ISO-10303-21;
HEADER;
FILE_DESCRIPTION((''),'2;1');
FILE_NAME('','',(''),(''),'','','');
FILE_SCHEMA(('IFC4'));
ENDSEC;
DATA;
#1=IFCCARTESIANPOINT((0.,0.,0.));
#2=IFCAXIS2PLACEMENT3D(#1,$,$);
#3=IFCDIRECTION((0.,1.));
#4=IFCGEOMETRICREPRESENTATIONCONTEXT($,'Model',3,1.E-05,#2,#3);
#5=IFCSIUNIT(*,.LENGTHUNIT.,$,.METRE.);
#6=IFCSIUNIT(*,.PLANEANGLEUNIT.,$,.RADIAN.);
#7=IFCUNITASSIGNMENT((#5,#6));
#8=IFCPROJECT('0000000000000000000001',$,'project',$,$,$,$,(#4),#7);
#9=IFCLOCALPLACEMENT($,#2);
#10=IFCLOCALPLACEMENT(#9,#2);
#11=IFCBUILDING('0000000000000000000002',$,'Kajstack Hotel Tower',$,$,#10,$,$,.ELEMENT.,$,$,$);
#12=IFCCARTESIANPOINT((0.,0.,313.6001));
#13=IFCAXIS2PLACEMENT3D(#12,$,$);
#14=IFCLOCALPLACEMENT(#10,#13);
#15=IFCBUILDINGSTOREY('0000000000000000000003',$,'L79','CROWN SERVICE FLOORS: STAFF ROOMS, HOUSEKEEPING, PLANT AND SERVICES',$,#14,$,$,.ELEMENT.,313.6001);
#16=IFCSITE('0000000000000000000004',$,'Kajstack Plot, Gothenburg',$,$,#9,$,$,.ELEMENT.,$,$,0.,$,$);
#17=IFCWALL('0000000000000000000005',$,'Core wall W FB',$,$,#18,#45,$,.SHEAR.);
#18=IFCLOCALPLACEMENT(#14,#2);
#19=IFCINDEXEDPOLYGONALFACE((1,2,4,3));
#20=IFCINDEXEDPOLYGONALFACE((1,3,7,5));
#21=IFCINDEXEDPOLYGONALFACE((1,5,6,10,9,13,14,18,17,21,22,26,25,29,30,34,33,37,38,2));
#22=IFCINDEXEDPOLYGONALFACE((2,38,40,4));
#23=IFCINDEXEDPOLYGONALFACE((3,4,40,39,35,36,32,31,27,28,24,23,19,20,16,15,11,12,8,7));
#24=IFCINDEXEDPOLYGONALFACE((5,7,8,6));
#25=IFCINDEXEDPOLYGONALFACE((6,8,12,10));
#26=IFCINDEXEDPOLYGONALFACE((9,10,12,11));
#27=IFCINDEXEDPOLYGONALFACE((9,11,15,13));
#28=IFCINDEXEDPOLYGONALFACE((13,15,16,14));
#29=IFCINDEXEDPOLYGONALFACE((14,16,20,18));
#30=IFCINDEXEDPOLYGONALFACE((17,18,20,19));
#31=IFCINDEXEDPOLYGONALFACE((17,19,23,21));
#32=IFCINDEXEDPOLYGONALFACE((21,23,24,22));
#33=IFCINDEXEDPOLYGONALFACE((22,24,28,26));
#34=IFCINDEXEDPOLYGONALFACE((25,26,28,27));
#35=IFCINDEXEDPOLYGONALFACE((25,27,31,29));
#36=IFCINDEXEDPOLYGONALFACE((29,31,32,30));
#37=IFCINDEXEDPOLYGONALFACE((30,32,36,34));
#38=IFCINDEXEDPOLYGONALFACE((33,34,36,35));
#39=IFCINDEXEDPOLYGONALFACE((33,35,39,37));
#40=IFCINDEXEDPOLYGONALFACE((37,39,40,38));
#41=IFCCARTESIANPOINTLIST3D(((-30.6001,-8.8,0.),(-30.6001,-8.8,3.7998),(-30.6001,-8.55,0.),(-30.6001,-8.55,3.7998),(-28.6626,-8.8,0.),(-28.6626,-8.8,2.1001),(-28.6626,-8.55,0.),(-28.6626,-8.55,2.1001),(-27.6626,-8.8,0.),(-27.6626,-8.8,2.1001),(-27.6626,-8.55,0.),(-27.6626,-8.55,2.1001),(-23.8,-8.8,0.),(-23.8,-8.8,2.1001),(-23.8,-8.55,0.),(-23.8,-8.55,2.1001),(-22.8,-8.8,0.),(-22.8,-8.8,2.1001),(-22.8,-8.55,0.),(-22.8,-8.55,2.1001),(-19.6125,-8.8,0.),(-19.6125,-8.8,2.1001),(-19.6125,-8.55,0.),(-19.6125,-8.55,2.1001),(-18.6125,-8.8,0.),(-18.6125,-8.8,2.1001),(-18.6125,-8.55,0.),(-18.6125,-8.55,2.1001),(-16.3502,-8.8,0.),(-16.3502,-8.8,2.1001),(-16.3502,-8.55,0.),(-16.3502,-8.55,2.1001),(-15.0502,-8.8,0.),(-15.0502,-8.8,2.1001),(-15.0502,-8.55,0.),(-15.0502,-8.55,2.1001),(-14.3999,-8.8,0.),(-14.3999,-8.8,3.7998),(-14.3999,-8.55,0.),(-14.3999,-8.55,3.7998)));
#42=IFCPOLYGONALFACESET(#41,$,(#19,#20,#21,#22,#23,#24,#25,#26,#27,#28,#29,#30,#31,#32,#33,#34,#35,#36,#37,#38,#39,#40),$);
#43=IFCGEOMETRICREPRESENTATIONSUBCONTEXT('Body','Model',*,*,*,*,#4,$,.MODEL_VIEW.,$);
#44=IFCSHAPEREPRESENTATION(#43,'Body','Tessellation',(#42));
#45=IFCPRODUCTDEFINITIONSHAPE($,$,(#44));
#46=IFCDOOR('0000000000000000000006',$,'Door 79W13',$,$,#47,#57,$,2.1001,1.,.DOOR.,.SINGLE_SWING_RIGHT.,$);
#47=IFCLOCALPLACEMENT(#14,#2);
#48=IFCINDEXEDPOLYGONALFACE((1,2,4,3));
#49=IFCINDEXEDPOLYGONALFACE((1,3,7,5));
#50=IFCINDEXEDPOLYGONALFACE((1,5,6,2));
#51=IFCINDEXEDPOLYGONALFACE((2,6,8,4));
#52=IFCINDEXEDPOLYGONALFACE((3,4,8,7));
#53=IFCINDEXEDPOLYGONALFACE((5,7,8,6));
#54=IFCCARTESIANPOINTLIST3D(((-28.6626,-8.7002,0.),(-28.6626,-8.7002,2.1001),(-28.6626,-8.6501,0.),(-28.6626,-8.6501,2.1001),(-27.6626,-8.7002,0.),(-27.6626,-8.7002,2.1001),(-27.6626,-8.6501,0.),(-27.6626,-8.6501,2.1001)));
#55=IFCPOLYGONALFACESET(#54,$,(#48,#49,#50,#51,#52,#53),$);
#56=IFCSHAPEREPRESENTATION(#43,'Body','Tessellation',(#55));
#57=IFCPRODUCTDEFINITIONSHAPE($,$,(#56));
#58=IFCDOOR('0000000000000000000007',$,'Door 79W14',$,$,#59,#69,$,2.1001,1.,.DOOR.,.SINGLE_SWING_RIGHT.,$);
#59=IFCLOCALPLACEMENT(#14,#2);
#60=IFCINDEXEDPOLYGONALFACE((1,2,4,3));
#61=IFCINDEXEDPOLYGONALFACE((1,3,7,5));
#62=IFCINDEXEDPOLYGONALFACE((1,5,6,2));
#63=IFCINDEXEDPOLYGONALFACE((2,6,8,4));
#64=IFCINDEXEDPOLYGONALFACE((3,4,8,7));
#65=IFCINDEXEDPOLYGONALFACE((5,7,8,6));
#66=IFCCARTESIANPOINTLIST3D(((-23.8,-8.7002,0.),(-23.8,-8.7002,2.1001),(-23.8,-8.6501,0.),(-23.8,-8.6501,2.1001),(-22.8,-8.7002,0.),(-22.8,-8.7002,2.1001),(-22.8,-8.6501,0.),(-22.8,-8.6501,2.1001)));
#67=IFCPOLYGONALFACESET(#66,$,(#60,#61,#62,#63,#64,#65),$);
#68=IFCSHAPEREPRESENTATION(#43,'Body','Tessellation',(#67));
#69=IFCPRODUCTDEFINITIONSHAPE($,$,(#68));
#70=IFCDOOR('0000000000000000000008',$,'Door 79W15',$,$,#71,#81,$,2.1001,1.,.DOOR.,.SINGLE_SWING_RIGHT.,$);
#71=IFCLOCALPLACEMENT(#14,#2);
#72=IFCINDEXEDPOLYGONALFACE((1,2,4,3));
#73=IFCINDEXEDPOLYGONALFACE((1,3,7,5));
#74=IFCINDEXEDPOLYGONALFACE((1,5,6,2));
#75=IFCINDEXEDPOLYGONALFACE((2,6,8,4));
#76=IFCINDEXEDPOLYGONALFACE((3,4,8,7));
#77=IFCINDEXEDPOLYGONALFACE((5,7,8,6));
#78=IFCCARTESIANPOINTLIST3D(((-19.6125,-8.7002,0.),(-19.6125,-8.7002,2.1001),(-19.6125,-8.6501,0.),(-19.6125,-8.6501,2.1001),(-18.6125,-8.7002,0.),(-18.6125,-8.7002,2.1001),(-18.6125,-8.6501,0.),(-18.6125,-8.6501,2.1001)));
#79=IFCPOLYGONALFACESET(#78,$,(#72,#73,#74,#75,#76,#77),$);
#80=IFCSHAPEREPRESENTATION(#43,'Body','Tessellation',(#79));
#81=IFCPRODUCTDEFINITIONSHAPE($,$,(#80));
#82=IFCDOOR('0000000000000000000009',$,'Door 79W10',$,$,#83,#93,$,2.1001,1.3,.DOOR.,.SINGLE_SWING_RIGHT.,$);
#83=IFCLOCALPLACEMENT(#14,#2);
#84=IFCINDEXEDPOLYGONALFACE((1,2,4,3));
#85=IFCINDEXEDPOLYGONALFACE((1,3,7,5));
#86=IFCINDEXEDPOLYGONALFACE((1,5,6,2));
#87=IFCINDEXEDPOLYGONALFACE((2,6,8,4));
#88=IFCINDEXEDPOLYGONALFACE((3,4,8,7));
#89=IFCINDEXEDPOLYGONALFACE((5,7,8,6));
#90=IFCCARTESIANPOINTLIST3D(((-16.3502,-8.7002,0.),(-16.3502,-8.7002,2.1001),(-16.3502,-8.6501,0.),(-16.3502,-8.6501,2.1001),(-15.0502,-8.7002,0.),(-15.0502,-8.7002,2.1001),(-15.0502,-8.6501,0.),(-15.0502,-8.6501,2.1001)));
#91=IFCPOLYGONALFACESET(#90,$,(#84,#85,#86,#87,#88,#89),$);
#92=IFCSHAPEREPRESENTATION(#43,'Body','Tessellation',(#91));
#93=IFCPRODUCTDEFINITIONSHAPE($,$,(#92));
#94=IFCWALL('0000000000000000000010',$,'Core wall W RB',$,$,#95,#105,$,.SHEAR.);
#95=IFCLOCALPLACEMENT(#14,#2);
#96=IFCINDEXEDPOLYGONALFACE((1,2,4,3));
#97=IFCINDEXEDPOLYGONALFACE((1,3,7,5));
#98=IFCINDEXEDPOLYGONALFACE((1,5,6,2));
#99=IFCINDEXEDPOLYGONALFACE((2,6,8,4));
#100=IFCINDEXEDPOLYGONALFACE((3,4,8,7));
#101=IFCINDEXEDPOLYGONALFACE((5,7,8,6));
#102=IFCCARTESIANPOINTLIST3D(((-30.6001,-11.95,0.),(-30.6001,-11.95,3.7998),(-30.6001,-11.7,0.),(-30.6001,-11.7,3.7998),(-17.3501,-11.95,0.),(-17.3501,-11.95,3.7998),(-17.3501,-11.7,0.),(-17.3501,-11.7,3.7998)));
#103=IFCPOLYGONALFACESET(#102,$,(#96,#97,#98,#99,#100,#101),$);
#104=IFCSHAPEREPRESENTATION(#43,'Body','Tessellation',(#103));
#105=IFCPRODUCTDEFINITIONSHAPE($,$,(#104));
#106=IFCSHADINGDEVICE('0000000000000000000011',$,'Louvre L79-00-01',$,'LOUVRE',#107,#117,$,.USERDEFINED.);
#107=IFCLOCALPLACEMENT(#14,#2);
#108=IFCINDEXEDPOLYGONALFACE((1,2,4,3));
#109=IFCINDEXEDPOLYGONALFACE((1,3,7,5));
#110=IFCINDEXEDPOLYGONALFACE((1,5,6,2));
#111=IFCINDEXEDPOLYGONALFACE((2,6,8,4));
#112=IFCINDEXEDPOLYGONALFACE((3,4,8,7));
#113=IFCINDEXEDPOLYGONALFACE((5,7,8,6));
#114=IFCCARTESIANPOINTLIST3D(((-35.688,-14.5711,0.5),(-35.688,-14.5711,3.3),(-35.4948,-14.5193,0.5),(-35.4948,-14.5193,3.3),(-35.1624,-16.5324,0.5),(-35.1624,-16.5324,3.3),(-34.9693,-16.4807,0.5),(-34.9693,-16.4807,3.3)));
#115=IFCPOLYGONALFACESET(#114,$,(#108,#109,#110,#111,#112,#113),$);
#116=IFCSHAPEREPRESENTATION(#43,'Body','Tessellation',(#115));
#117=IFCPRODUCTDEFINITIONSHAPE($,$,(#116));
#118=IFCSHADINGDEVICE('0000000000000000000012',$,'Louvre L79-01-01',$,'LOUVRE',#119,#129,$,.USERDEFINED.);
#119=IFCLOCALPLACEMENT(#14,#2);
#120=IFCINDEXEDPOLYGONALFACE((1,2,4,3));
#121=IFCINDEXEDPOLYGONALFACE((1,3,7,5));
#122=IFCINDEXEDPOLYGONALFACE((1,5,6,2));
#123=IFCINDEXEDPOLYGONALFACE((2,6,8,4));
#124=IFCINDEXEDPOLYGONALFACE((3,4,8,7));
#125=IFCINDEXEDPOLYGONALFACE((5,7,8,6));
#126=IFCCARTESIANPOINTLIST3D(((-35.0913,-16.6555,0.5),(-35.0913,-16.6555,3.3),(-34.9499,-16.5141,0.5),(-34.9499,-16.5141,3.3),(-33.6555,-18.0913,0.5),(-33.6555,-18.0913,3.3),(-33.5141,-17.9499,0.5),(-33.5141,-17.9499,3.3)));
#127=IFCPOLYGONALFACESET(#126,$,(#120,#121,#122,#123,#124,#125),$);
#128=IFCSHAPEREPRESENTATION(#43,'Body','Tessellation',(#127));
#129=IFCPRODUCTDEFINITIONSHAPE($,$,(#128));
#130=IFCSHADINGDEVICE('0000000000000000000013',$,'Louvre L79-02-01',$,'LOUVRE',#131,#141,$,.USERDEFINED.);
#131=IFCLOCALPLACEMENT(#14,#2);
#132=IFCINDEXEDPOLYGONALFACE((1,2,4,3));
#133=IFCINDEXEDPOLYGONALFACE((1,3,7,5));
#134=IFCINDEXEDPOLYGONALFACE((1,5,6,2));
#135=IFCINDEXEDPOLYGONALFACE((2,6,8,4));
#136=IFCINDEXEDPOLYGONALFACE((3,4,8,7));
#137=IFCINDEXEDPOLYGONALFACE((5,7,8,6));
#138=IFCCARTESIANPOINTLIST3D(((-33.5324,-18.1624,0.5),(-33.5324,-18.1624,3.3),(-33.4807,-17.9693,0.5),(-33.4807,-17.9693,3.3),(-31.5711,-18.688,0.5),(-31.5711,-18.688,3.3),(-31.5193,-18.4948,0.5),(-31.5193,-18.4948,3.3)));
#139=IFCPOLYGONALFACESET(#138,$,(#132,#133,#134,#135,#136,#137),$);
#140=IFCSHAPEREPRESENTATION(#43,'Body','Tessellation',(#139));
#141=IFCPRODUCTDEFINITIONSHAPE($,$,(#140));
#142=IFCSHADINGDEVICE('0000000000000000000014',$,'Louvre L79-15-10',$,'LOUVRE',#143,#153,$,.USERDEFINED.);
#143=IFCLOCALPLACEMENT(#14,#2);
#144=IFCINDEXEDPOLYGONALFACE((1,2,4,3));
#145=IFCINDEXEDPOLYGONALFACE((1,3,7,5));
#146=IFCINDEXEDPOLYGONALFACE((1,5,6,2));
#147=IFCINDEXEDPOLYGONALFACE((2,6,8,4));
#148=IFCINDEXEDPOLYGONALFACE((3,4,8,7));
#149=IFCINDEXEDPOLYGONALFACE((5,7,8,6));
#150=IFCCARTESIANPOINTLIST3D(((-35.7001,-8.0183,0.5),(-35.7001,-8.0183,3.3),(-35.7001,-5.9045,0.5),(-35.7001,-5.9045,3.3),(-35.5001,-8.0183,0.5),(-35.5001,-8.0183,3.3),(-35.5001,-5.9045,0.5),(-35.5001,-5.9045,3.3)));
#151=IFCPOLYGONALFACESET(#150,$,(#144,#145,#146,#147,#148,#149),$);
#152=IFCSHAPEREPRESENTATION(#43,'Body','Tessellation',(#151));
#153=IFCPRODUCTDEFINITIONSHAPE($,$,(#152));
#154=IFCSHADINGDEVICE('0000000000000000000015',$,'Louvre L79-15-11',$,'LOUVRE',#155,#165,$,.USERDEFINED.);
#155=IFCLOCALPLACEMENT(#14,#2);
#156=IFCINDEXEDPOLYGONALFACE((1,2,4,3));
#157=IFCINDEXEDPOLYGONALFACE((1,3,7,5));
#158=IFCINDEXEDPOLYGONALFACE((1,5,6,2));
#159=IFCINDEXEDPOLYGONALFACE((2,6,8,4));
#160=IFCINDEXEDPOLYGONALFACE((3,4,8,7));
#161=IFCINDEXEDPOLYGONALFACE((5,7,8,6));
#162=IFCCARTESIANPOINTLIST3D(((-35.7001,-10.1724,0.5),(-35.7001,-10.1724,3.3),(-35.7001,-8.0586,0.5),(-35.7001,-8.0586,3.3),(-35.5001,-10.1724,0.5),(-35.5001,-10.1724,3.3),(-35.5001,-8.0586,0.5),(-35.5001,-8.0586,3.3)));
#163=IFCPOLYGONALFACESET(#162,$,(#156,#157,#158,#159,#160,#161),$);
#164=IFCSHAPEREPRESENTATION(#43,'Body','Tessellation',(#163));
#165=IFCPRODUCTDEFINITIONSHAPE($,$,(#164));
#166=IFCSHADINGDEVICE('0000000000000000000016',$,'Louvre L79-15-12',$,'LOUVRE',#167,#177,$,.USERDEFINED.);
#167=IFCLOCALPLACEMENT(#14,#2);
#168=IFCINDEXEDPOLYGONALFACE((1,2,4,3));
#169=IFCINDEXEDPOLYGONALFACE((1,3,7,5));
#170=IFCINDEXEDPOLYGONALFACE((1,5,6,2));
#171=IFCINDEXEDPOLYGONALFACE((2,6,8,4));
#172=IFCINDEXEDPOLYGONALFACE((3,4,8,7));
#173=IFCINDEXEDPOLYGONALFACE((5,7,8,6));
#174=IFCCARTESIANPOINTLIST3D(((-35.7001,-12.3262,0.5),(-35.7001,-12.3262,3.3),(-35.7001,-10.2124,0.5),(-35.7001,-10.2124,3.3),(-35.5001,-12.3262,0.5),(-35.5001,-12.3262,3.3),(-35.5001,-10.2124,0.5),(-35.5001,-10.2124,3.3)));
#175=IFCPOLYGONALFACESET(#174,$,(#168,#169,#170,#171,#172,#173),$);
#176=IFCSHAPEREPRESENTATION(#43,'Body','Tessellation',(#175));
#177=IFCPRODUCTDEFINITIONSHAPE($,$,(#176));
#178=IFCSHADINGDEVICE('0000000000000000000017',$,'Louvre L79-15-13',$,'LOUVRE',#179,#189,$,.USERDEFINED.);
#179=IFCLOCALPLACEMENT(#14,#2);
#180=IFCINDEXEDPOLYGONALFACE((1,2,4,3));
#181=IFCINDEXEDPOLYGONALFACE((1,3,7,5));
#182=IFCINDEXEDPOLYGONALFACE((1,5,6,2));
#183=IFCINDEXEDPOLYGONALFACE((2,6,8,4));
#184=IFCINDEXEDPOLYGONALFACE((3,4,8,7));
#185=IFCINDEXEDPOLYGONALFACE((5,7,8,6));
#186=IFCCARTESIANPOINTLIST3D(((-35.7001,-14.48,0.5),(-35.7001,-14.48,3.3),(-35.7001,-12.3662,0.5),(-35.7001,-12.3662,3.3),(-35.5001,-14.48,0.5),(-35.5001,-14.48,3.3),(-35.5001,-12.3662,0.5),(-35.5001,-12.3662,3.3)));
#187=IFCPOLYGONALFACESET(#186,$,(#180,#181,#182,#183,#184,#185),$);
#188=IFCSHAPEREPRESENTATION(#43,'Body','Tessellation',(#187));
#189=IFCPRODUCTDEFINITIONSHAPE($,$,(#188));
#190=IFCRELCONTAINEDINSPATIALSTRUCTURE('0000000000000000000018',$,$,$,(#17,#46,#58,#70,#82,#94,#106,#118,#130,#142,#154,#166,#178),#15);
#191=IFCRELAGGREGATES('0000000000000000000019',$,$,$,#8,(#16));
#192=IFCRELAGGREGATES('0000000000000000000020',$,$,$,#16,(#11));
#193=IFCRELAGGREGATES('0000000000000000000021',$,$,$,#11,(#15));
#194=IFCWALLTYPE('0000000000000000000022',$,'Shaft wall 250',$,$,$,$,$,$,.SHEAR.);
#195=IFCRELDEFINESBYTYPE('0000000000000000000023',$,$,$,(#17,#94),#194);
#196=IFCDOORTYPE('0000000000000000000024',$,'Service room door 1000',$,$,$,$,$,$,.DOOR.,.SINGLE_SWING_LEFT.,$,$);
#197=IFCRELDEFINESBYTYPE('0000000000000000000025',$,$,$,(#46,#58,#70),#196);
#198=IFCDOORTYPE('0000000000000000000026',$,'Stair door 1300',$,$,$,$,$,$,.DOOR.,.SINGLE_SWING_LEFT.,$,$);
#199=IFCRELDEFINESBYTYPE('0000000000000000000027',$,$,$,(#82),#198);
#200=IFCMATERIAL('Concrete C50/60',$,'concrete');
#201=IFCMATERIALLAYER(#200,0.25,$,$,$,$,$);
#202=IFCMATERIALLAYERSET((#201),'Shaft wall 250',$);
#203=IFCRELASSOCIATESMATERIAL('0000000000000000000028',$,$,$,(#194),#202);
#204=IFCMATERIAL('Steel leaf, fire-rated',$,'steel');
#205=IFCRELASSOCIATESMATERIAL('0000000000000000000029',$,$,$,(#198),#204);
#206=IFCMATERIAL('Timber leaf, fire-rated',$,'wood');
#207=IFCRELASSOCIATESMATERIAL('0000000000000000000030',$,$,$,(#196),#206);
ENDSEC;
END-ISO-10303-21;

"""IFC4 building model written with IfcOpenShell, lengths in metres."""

from ifc_helpers import new_model, si_unit, direction, frame, frame_2d, origin, origin_2d, place, context, subcontext, project, spatial, rectangle, extrude, material, layer, layer_set, type_object, element, fill, save


model = new_model("IFC4")

# Units and contexts
model_context = context("Model", 3, precision=1e-05, world=origin(), true_north=direction((0.0, 1.0)))
body_context = subcontext(model_context, "Body", "Model", "MODEL_VIEW")
ifc_project = project(units=[si_unit("LENGTHUNIT", "METRE"), si_unit("PLANEANGLEUNIT", "RADIAN")], contexts=[model_context])

# Site, building, storey
site_placement = place(None, origin())
site = spatial("IfcSite", under=ifc_project, at=site_placement, Name="Kajstack Plot, Gothenburg", CompositionType="ELEMENT", RefElevation=0.0)
building_placement = place(site_placement, origin())
building = spatial("IfcBuilding", under=site, at=building_placement, Name="Kajstack Hotel Tower", CompositionType="ELEMENT")
storey_placement = place(building_placement, frame((0.0, 0.0, 313.6001)))
storey = spatial("IfcBuildingStorey", under=building, at=storey_placement, Name="L79", Description="CROWN SERVICE FLOORS: STAFF ROOMS, HOUSEKEEPING, PLANT AND SERVICES", CompositionType="ELEMENT", Elevation=313.6001)

# Wall, openings, doors
ifc_material_1 = material(Name="Concrete C50/60", Category="concrete")
ifc_layer_1 = layer(ifc_material_1, 0.25)
ifc_layer_set_1 = layer_set([ifc_layer_1], Name="Shaft wall 250")
wall_type_1 = type_object("IfcWallType", Name="Shaft wall 250", PredefinedType="SHEAR", material=ifc_layer_set_1)
ifc_material_2 = material(Name="Timber leaf, fire-rated", Category="wood")
ifc_material_3 = material(Name="Steel leaf, fire-rated", Category="steel")
door_type_1 = type_object("IfcDoorType", Name="Stair door 1300", OperationType="SINGLE_SWING_LEFT", PredefinedType="DOOR", material=ifc_material_3)
wall_1_placement = place(storey_placement, frame((-30.6001, -8.675, 0.0), z_axis=(0.0, 0.0, 1.0), x_axis=(1.0, 0.0, 0.0)))
wall_1 = element("IfcWall", 1, at=wall_1_placement, inside=storey, type_object=wall_type_1, Name="Core wall W FB", PredefinedType="SHEAR", context=body_context, shape_type="SweptSolid", body=[
    extrude(rectangle(XDim=16.2002, YDim=0.25, at=frame_2d((8.1001, 0.0))), origin(), (0.0, 0.0, 1.0), 3.7998),
])
opening_1_placement = place(wall_1_placement, frame((14.25, 0.0, 0.0)))
opening_1 = element("IfcOpeningElement", 2, at=opening_1_placement, cuts=wall_1, PredefinedType="OPENING", context=body_context, shape_type="SweptSolid", body=[
    extrude(rectangle(XDim=1.3, YDim=2.1001, at=frame_2d((0.6499, 1.05))), frame((0.0, 0.135, 0.0), z_axis=(0.0, -1.0, 0.0), x_axis=(1.0, 0.0, 0.0)), (0.0, 0.0, 1.0), 0.27),
])
opening_2_placement = place(wall_1_placement, frame((1.9375, 0.0, 0.0)))
opening_2 = element("IfcOpeningElement", 3, at=opening_2_placement, cuts=wall_1, PredefinedType="OPENING", context=body_context, shape_type="SweptSolid", body=[
    extrude(rectangle(XDim=1.0, YDim=2.1001, at=frame_2d((0.5, 1.05))), frame((0.0, 0.135, 0.0), z_axis=(0.0, -1.0, 0.0), x_axis=(1.0, 0.0, 0.0)), (0.0, 0.0, 1.0), 0.27),
])
opening_3_placement = place(wall_1_placement, frame((6.8, 0.0, 0.0)))
opening_3 = element("IfcOpeningElement", 4, at=opening_3_placement, cuts=wall_1, PredefinedType="OPENING", context=body_context, shape_type="SweptSolid", body=[
    extrude(rectangle(XDim=1.0, YDim=2.1001, at=frame_2d((0.5, 1.05))), frame((0.0, 0.135, 0.0), z_axis=(0.0, -1.0, 0.0), x_axis=(1.0, 0.0, 0.0)), (0.0, 0.0, 1.0), 0.27),
])
opening_4_placement = place(wall_1_placement, frame((10.9875, 0.0, 0.0)))
opening_4 = element("IfcOpeningElement", 5, at=opening_4_placement, cuts=wall_1, PredefinedType="OPENING", context=body_context, shape_type="SweptSolid", body=[
    extrude(rectangle(XDim=1.0, YDim=2.1001, at=frame_2d((0.5, 1.05))), frame((0.0, 0.135, 0.0), z_axis=(0.0, -1.0, 0.0), x_axis=(1.0, 0.0, 0.0)), (0.0, 0.0, 1.0), 0.27),
])
door_type_2 = type_object("IfcDoorType", Name="Service room door 1000", OperationType="SINGLE_SWING_LEFT", PredefinedType="DOOR", material=ifc_material_2)
door_1_placement = place(opening_2_placement, origin())
door_1 = element("IfcDoor", 6, at=door_1_placement, inside=storey, type_object=door_type_2, Name="Door 79W13", OperationType="SINGLE_SWING_RIGHT", OverallHeight=2.1001, OverallWidth=1.0, PredefinedType="DOOR", context=body_context, shape_type="SweptSolid", body=[
    extrude(rectangle(XDim=1.0, YDim=2.1001, at=frame_2d((0.5, 1.05))), frame((0.0, 0.0249, 0.0), z_axis=(0.0, -1.0, 0.0), x_axis=(1.0, 0.0, 0.0)), (0.0, 0.0, 1.0), 0.05),
])
fill(opening_2, door_1)
door_2_placement = place(opening_3_placement, origin())
door_2 = element("IfcDoor", 7, at=door_2_placement, inside=storey, type_object=door_type_2, Name="Door 79W14", OperationType="SINGLE_SWING_RIGHT", OverallHeight=2.1001, OverallWidth=1.0, PredefinedType="DOOR", context=body_context, shape_type="SweptSolid", body=[
    extrude(rectangle(XDim=1.0, YDim=2.1001, at=frame_2d((0.5, 1.05))), frame((0.0, 0.0249, 0.0), z_axis=(0.0, -1.0, 0.0), x_axis=(1.0, 0.0, 0.0)), (0.0, 0.0, 1.0), 0.05),
])
fill(opening_3, door_2)
door_3_placement = place(opening_4_placement, origin())
door_3 = element("IfcDoor", 8, at=door_3_placement, inside=storey, type_object=door_type_2, Name="Door 79W15", OperationType="SINGLE_SWING_RIGHT", OverallHeight=2.1001, OverallWidth=1.0, PredefinedType="DOOR", context=body_context, shape_type="SweptSolid", body=[
    extrude(rectangle(XDim=1.0, YDim=2.1001, at=frame_2d((0.5, 1.05))), frame((0.0, 0.0249, 0.0), z_axis=(0.0, -1.0, 0.0), x_axis=(1.0, 0.0, 0.0)), (0.0, 0.0, 1.0), 0.05),
])
fill(opening_4, door_3)
door_4_placement = place(opening_1_placement, origin())
door_4 = element("IfcDoor", 9, at=door_4_placement, inside=storey, type_object=door_type_1, Name="Door 79W10", OperationType="SINGLE_SWING_RIGHT", OverallHeight=2.1001, OverallWidth=1.3, PredefinedType="DOOR", context=body_context, shape_type="SweptSolid", body=[
    extrude(rectangle(XDim=1.3, YDim=2.1001, at=frame_2d((0.6499, 1.05))), frame((0.0, 0.0249, 0.0), z_axis=(0.0, -1.0, 0.0), x_axis=(1.0, 0.0, 0.0)), (0.0, 0.0, 1.0), 0.05),
])
fill(opening_1, door_4)

# Wall
wall_2_placement = place(storey_placement, frame((-30.6001, -11.825, 0.0), z_axis=(0.0, 0.0, 1.0), x_axis=(1.0, 0.0, 0.0)))
element("IfcWall", 10, at=wall_2_placement, inside=storey, type_object=wall_type_1, Name="Core wall W RB", PredefinedType="SHEAR", context=body_context, shape_type="SweptSolid", body=[
    extrude(rectangle(XDim=13.25, YDim=0.25, at=frame_2d((6.625, 0.0))), origin(), (0.0, 0.0, 1.0), 3.7998),
])

# Shading devices
for number, where, z_axis, x_axis, name in (
    (11, (-35.3286, -15.5259, 0.5), (0.0, 0.0, 1.0), (0.25882, -0.965926, 0.0), "Louvre L79-00-01"),
    (12, (-34.3027, -17.3027, 0.5), (0.0, 0.0, 1.0), (0.707107, -0.707107, 0.0), "Louvre L79-01-01"),
    (13, (-32.5259, -18.3286, 0.5), (0.0, 0.0, 1.0), (0.965926, -0.25882, 0.0), "Louvre L79-02-01"),
):
    element("IfcShadingDevice", number, at=place(storey_placement, frame(where, z_axis=z_axis, x_axis=x_axis)), inside=storey, Name=name, ObjectType="LOUVRE", PredefinedType="USERDEFINED", context=body_context, shape_type="SweptSolid", body=[
        extrude(rectangle(XDim=2.0305, YDim=0.2, at=origin_2d()), origin(), (0.0, 0.0, 1.0), 2.8),
    ])
for number, where, z_axis, x_axis, name in (
    (14, (-35.6001, -6.9614, 0.5), (0.0, 0.0, 1.0), (0.0, -1.0, 0.0), "Louvre L79-15-10"),
    (15, (-35.6001, -9.1155, 0.5), (0.0, 0.0, 1.0), (0.0, -1.0, 0.0), "Louvre L79-15-11"),
    (16, (-35.6001, -11.2693, 0.5), (0.0, 0.0, 1.0), (0.0, -1.0, 0.0), "Louvre L79-15-12"),
    (17, (-35.6001, -13.4231, 0.5), (0.0, 0.0, 1.0), (0.0, -1.0, 0.0), "Louvre L79-15-13"),
):
    element("IfcShadingDevice", number, at=place(storey_placement, frame(where, z_axis=z_axis, x_axis=x_axis)), inside=storey, Name=name, ObjectType="LOUVRE", PredefinedType="USERDEFINED", context=body_context, shape_type="SweptSolid", body=[
        extrude(rectangle(XDim=2.1138, YDim=0.2, at=origin_2d()), origin(), (0.0, 0.0, 1.0), 2.8),
    ])

save(model, "model.ifc")
